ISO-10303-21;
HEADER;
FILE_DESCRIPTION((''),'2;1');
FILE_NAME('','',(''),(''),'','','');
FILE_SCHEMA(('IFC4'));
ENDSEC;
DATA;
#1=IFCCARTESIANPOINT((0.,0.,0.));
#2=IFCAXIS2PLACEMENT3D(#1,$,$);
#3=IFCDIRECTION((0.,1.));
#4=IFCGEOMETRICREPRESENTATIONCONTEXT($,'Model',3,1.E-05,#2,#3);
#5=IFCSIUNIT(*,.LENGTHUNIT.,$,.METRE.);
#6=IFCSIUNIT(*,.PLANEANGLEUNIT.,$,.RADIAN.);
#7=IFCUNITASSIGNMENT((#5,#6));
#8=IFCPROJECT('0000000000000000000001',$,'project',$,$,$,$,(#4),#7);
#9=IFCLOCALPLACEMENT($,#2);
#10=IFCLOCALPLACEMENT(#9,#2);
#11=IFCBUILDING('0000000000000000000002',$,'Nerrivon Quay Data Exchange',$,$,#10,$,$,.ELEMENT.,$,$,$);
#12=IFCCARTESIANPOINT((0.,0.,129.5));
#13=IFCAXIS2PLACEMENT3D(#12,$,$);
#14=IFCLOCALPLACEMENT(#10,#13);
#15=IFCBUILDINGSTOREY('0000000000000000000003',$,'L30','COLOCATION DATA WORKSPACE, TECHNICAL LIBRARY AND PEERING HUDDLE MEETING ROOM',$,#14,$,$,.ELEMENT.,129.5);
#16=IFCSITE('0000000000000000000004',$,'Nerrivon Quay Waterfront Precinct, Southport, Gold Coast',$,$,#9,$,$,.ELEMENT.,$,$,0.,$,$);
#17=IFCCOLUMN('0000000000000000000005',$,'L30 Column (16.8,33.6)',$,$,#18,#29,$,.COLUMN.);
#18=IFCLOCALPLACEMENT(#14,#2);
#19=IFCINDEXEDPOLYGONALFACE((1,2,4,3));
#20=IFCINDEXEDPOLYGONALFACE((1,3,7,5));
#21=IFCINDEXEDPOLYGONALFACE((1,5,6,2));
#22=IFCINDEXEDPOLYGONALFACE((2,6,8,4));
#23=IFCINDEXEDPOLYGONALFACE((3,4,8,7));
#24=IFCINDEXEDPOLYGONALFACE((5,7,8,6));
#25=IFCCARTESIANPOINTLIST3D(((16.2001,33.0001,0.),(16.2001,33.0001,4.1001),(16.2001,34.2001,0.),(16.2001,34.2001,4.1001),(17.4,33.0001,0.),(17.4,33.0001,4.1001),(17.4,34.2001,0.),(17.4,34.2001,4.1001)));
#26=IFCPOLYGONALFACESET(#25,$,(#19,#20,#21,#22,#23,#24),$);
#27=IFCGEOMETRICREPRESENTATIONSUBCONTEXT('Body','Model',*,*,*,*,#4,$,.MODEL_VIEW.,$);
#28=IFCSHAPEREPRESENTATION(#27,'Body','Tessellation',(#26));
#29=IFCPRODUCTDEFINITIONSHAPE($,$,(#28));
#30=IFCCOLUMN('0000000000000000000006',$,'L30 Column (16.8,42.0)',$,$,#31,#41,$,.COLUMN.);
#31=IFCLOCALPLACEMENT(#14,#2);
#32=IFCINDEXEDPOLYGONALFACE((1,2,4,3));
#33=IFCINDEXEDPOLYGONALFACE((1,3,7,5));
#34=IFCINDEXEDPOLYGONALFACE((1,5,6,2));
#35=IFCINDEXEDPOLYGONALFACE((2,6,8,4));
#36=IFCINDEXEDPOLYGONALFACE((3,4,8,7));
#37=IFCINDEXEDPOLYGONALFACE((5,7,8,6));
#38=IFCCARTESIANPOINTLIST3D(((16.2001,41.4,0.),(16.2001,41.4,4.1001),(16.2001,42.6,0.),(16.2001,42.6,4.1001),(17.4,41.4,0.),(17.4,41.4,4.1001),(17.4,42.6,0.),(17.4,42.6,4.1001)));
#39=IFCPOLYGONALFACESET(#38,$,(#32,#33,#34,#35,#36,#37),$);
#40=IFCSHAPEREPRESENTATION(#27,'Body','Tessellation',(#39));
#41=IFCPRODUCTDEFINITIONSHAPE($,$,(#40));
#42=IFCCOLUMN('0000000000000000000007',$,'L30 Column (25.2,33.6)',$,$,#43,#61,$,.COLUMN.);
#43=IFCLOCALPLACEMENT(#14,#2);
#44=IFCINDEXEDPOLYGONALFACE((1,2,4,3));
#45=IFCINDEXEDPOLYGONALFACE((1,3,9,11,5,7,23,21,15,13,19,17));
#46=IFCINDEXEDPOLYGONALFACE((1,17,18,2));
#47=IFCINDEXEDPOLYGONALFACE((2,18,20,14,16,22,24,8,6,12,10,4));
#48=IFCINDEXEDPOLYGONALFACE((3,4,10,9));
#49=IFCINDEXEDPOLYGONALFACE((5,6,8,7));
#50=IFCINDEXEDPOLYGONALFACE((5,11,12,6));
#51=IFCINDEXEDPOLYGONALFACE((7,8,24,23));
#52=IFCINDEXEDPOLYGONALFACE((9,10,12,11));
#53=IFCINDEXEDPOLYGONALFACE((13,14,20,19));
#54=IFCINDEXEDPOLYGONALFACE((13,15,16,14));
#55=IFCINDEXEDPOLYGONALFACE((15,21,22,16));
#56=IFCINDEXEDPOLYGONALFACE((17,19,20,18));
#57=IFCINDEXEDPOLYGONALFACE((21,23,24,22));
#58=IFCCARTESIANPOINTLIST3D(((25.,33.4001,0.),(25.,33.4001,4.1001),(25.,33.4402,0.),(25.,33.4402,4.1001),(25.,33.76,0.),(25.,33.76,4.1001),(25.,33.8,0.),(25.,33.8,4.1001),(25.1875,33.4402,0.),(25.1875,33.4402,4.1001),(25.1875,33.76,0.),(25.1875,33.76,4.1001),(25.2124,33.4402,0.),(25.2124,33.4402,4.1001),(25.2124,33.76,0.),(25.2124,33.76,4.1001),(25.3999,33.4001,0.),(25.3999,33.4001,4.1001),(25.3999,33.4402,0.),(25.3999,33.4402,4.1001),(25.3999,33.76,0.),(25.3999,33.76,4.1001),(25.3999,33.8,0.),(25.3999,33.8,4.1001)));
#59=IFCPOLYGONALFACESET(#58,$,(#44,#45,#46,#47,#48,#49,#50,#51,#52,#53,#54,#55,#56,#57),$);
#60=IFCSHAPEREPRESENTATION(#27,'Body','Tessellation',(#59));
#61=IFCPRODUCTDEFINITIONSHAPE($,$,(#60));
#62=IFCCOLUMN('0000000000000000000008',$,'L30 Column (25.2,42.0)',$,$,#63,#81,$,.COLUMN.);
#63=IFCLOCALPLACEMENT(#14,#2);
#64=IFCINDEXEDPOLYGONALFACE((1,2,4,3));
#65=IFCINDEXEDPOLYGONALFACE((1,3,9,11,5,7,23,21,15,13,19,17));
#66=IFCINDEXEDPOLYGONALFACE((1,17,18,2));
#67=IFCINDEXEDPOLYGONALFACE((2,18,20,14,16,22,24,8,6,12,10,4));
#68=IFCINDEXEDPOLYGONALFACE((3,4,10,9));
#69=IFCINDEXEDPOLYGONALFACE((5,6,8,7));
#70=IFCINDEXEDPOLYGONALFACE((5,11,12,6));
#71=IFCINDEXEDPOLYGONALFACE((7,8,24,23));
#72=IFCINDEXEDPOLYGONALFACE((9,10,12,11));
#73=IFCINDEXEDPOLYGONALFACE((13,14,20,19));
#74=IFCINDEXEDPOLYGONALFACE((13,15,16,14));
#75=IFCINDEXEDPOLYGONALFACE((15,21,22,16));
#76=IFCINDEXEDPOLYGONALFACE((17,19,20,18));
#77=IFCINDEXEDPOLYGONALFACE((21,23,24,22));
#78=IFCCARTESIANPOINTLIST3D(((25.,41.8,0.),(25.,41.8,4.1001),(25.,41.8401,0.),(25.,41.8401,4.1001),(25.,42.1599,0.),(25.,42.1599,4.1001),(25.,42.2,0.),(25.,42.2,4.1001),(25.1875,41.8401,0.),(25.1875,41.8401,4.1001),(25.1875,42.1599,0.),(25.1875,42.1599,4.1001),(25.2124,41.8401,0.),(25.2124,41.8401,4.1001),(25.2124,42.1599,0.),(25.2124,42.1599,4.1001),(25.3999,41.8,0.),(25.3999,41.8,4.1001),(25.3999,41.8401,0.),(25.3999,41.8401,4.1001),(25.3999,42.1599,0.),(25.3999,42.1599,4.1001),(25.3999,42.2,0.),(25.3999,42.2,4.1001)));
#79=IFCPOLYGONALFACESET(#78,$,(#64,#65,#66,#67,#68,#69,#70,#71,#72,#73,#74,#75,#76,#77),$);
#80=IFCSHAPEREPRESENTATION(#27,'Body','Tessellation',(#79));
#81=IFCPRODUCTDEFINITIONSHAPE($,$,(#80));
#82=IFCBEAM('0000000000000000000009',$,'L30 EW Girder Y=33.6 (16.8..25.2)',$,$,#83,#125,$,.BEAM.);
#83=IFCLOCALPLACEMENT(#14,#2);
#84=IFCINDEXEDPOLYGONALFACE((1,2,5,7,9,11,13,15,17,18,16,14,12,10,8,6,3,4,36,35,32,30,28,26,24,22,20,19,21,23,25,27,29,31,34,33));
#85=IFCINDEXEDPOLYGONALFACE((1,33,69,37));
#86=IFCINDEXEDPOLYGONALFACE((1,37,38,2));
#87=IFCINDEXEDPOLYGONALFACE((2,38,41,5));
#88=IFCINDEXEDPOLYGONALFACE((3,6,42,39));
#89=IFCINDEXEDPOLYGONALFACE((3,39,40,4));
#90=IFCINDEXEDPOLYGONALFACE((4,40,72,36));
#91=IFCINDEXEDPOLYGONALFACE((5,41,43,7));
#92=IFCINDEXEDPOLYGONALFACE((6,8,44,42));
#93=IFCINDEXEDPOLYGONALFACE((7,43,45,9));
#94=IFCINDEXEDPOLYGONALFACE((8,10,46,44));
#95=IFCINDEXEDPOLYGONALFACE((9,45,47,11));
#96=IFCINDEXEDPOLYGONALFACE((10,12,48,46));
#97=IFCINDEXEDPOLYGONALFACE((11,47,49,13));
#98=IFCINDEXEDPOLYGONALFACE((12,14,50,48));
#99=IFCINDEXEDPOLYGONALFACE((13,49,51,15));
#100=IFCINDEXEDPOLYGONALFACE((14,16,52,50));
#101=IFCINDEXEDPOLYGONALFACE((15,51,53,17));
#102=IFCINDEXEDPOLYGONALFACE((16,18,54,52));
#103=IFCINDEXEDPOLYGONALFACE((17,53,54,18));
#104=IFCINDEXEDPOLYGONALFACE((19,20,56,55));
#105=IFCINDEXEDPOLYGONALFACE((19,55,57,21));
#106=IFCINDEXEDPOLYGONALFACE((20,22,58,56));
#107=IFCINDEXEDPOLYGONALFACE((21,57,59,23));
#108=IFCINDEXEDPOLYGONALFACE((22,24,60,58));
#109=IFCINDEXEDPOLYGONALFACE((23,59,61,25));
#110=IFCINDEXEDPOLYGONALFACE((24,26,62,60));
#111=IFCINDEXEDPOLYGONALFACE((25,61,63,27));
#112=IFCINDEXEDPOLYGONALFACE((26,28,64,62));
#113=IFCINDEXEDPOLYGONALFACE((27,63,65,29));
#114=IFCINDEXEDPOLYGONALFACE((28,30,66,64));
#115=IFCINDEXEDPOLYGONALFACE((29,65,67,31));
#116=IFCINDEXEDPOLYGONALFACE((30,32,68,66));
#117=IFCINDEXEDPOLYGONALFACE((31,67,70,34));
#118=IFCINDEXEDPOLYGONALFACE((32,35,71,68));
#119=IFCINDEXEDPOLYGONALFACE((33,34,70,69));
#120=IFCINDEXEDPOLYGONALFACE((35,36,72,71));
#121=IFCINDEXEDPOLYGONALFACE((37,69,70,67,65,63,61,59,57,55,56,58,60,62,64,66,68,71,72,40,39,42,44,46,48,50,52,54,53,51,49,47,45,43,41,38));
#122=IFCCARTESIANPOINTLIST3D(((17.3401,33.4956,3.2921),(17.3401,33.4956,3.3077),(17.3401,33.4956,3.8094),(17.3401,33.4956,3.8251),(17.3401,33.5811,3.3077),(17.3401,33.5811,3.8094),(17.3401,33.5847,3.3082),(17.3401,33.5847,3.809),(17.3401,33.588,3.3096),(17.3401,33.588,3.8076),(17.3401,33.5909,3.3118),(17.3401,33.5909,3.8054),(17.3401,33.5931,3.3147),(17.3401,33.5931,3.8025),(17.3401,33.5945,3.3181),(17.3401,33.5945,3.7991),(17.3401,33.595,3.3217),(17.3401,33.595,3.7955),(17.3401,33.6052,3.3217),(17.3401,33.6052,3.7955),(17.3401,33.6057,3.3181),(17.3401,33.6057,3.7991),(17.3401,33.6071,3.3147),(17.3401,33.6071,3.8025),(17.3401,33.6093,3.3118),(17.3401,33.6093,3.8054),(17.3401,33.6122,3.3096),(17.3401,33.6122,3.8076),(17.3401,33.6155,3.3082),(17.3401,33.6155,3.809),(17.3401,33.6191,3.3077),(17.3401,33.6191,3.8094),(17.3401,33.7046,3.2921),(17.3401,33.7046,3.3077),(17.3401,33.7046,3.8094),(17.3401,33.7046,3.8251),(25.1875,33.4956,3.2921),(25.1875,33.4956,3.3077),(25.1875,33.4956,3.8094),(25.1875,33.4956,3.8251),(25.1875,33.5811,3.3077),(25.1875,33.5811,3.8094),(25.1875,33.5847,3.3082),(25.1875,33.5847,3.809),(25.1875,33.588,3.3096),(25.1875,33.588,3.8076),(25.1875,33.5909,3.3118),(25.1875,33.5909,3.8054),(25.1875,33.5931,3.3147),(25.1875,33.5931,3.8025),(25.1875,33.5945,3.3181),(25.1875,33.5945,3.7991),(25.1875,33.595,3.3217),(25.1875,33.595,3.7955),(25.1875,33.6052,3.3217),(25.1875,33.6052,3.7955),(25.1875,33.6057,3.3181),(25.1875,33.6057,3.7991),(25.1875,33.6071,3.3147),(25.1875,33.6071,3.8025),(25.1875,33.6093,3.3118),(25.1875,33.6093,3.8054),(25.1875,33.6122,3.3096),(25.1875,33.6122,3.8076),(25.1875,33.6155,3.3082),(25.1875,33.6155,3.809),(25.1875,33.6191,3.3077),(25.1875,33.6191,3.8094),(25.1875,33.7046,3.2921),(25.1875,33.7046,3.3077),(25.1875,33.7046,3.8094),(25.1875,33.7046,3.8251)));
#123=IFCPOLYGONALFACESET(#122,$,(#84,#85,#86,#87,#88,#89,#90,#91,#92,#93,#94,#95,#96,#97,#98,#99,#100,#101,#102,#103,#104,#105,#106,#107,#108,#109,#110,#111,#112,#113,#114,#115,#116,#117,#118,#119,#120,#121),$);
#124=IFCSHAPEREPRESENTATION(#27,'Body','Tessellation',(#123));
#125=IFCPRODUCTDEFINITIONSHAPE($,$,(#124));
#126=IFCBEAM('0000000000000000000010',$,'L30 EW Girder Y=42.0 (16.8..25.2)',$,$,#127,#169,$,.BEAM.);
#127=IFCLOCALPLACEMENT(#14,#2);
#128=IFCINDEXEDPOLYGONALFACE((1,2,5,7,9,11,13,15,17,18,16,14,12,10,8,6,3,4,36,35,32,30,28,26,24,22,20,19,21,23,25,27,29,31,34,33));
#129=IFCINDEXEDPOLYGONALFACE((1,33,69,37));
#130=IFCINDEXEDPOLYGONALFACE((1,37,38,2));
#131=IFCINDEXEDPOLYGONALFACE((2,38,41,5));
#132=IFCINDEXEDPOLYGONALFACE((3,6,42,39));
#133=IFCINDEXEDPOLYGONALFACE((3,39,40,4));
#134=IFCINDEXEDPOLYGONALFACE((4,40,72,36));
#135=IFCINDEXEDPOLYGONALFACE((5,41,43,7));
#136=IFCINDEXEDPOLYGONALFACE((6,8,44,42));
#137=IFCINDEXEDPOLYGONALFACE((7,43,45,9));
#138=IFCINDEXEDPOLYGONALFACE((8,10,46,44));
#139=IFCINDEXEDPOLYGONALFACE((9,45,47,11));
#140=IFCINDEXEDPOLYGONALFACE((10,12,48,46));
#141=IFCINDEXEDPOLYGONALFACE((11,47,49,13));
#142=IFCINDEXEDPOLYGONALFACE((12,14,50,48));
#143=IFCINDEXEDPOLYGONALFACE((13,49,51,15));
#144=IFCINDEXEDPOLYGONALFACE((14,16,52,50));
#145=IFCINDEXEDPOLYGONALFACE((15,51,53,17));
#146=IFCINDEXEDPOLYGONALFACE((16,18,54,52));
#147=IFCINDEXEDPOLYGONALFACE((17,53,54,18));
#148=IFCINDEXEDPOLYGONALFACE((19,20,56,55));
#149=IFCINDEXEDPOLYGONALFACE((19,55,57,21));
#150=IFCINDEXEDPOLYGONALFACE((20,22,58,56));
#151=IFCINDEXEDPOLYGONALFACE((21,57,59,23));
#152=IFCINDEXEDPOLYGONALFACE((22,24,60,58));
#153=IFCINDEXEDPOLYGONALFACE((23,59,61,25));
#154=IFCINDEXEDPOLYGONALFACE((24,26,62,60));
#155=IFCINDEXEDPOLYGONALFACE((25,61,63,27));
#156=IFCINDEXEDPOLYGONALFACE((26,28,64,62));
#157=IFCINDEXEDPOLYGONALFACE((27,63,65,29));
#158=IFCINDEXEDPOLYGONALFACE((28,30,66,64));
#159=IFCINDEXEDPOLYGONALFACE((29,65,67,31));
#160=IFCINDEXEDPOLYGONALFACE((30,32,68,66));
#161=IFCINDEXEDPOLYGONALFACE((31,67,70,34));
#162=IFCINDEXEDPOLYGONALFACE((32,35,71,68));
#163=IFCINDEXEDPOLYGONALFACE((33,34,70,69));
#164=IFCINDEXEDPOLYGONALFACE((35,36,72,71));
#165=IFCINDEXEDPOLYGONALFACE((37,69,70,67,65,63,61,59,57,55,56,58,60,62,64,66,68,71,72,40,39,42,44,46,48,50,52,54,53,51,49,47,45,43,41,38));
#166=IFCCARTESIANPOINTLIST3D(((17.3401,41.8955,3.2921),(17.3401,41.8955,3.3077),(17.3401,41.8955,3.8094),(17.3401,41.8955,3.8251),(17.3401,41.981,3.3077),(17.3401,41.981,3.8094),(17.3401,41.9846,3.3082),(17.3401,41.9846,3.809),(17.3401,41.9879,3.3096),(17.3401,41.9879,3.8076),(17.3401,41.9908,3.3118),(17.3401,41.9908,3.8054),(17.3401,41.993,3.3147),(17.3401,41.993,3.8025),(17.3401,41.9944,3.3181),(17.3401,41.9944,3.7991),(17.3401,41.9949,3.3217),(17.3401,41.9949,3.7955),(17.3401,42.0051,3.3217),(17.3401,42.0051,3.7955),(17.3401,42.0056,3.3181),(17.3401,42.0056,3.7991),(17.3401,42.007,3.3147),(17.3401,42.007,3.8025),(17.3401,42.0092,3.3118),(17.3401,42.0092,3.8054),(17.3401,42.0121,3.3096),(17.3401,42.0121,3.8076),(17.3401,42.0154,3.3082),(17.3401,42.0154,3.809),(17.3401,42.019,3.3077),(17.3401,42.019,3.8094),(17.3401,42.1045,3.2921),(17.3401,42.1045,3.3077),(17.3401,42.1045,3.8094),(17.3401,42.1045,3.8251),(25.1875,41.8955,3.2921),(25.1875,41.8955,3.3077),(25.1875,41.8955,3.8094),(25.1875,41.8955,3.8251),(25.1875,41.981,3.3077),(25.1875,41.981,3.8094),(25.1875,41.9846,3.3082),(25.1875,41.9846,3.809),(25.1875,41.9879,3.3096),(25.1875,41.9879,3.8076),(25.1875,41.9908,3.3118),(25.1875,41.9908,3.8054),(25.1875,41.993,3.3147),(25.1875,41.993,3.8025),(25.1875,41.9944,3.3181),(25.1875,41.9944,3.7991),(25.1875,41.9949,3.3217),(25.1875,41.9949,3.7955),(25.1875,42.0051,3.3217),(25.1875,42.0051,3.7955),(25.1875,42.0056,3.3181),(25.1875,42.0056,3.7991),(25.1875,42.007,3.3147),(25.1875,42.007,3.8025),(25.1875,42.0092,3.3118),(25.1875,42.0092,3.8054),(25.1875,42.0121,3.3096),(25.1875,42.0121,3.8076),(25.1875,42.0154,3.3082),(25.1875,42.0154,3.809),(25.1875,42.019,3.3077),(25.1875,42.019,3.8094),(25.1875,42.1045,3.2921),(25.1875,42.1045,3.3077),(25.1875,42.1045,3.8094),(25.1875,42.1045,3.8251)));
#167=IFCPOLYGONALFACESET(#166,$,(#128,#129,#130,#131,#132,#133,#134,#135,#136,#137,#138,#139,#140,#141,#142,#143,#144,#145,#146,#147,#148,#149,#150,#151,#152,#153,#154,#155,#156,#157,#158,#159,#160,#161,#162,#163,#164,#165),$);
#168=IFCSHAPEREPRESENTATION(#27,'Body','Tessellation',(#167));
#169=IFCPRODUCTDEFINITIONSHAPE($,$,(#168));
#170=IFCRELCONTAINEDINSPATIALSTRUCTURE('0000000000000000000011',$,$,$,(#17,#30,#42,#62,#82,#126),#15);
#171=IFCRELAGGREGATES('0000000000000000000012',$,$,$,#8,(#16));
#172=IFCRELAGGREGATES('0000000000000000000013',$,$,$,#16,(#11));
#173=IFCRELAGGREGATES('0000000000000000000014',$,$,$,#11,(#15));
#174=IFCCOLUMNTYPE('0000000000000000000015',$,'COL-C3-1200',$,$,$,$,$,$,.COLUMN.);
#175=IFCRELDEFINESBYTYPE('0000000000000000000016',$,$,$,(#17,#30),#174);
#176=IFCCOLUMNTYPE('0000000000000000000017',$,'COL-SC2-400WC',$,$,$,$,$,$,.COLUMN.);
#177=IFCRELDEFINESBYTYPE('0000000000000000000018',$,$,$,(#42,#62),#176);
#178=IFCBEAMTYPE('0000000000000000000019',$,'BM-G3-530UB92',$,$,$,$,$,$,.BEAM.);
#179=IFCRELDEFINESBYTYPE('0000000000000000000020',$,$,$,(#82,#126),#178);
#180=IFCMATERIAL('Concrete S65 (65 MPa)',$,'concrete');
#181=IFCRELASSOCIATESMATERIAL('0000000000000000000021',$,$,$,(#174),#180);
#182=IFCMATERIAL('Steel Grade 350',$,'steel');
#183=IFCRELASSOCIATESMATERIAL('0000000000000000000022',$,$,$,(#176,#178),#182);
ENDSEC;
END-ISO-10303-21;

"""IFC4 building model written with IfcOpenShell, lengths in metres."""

from ifc_helpers import new_model, si_unit, direction, frame, origin, origin_2d, place, context, subcontext, project, spatial, rectangle, i_section, extrude, material, material_profile, profile_set, type_object, element, save


model = new_model("IFC4")

# Units and contexts
model_context = context("Model", 3, precision=1e-05, world=origin(), true_north=direction((0.0, 1.0)))
body_context = subcontext(model_context, "Body", "Model", "MODEL_VIEW")
ifc_project = project(units=[si_unit("LENGTHUNIT", "METRE"), si_unit("PLANEANGLEUNIT", "RADIAN")], contexts=[model_context])

# Site, building, storey
site_placement = place(None, origin())
site = spatial("IfcSite", under=ifc_project, at=site_placement, Name="Nerrivon Quay Waterfront Precinct, Southport, Gold Coast", CompositionType="ELEMENT", RefElevation=0.0)
building_placement = place(site_placement, origin())
building = spatial("IfcBuilding", under=site, at=building_placement, Name="Nerrivon Quay Data Exchange", CompositionType="ELEMENT")
storey_placement = place(building_placement, frame((0.0, 0.0, 129.5)))
storey = spatial("IfcBuildingStorey", under=building, at=storey_placement, Name="L30", Description="COLOCATION DATA WORKSPACE, TECHNICAL LIBRARY AND PEERING HUDDLE MEETING ROOM", CompositionType="ELEMENT", Elevation=129.5)

# Columns
ifc_material_1 = material(Name="Concrete S65 (65 MPa)", Category="concrete")
ifc_material_profile_1 = material_profile(ifc_material_1, rectangle(XDim=1.2, YDim=1.2, at=origin_2d()), Name="RC-COL-1200x1200")
ifc_profile_set_1 = profile_set([ifc_material_profile_1], Name="Concrete S65 (65 MPa)")
column_type_1 = type_object("IfcColumnType", Name="COL-C3-1200", PredefinedType="COLUMN", material=ifc_profile_set_1)
for number, where, z_axis, x_axis, name in (
    (1, (16.8, 33.6001, 0.0), (0.0, 0.0, 1.0), (1.0, 0.0, 0.0), "L30 Column (16.8,33.6)"),
    (2, (16.8, 42.0, 0.0), (0.0, 0.0, 1.0), (1.0, 0.0, 0.0), "L30 Column (16.8,42.0)"),
):
    element("IfcColumn", number, at=place(storey_placement, frame(where, z_axis=z_axis, x_axis=x_axis)), inside=storey, type_object=column_type_1, Name=name, PredefinedType="COLUMN", context=body_context, shape_type="SweptSolid", body=[
        extrude(rectangle(XDim=1.2, YDim=1.2, at=origin_2d()), origin(), (0.0, 0.0, 1.0), 4.1001),
    ])
ifc_material_2 = material(Name="Steel Grade 350", Category="steel")
ifc_material_profile_2 = material_profile(ifc_material_2, i_section(OverallWidth=0.3999, OverallDepth=0.3999, WebThickness=0.0249, FlangeThickness=0.04, at=origin_2d()), Name="400WC328")
ifc_profile_set_2 = profile_set([ifc_material_profile_2], Name="Steel Grade 350")
column_type_2 = type_object("IfcColumnType", Name="COL-SC2-400WC", PredefinedType="COLUMN", material=ifc_profile_set_2)
for number, where, z_axis, x_axis, name in (
    (3, (25.2, 33.6001, 0.0), (0.0, 0.0, 1.0), (1.0, 0.0, 0.0), "L30 Column (25.2,33.6)"),
    (4, (25.2, 42.0, 0.0), (0.0, 0.0, 1.0), (1.0, 0.0, 0.0), "L30 Column (25.2,42.0)"),
):
    element("IfcColumn", number, at=place(storey_placement, frame(where, z_axis=z_axis, x_axis=x_axis)), inside=storey, type_object=column_type_2, Name=name, PredefinedType="COLUMN", context=body_context, shape_type="SweptSolid", body=[
        extrude(i_section(OverallWidth=0.3999, OverallDepth=0.3999, WebThickness=0.0249, FlangeThickness=0.04, at=origin_2d()), origin(), (0.0, 0.0, 1.0), 4.1001),
    ])

# Beams
ifc_material_profile_3 = material_profile(ifc_material_2, i_section(OverallWidth=0.209, OverallDepth=0.533, WebThickness=0.0103, FlangeThickness=0.0156, FilletRadius=0.0139, at=origin_2d()), Name="530UB92.4")
ifc_profile_set_3 = profile_set([ifc_material_profile_3], Name="Steel Grade 350")
beam_type_1 = type_object("IfcBeamType", Name="BM-G3-530UB92", PredefinedType="BEAM", material=ifc_profile_set_3)
for number, where, z_axis, x_axis, name in (
    (5, (17.3401, 33.6001, 3.5586), (1.0, 0.0, 0.0), (0.0, 1.0, 0.0), "L30 EW Girder Y=33.6 (16.8..25.2)"),
    (6, (17.3401, 42.0, 3.5586), (1.0, 0.0, 0.0), (0.0, 1.0, 0.0), "L30 EW Girder Y=42.0 (16.8..25.2)"),
):
    element("IfcBeam", number, at=place(storey_placement, frame(where, z_axis=z_axis, x_axis=x_axis)), inside=storey, type_object=beam_type_1, Name=name, PredefinedType="BEAM", context=body_context, shape_type="SweptSolid", body=[
        extrude(i_section(OverallWidth=0.209, OverallDepth=0.533, WebThickness=0.0103, FlangeThickness=0.0156, FilletRadius=0.0139, at=origin_2d()), origin(), (0.0, 0.0, 1.0), 7.8474),
    ])

save(model, "model.ifc")
